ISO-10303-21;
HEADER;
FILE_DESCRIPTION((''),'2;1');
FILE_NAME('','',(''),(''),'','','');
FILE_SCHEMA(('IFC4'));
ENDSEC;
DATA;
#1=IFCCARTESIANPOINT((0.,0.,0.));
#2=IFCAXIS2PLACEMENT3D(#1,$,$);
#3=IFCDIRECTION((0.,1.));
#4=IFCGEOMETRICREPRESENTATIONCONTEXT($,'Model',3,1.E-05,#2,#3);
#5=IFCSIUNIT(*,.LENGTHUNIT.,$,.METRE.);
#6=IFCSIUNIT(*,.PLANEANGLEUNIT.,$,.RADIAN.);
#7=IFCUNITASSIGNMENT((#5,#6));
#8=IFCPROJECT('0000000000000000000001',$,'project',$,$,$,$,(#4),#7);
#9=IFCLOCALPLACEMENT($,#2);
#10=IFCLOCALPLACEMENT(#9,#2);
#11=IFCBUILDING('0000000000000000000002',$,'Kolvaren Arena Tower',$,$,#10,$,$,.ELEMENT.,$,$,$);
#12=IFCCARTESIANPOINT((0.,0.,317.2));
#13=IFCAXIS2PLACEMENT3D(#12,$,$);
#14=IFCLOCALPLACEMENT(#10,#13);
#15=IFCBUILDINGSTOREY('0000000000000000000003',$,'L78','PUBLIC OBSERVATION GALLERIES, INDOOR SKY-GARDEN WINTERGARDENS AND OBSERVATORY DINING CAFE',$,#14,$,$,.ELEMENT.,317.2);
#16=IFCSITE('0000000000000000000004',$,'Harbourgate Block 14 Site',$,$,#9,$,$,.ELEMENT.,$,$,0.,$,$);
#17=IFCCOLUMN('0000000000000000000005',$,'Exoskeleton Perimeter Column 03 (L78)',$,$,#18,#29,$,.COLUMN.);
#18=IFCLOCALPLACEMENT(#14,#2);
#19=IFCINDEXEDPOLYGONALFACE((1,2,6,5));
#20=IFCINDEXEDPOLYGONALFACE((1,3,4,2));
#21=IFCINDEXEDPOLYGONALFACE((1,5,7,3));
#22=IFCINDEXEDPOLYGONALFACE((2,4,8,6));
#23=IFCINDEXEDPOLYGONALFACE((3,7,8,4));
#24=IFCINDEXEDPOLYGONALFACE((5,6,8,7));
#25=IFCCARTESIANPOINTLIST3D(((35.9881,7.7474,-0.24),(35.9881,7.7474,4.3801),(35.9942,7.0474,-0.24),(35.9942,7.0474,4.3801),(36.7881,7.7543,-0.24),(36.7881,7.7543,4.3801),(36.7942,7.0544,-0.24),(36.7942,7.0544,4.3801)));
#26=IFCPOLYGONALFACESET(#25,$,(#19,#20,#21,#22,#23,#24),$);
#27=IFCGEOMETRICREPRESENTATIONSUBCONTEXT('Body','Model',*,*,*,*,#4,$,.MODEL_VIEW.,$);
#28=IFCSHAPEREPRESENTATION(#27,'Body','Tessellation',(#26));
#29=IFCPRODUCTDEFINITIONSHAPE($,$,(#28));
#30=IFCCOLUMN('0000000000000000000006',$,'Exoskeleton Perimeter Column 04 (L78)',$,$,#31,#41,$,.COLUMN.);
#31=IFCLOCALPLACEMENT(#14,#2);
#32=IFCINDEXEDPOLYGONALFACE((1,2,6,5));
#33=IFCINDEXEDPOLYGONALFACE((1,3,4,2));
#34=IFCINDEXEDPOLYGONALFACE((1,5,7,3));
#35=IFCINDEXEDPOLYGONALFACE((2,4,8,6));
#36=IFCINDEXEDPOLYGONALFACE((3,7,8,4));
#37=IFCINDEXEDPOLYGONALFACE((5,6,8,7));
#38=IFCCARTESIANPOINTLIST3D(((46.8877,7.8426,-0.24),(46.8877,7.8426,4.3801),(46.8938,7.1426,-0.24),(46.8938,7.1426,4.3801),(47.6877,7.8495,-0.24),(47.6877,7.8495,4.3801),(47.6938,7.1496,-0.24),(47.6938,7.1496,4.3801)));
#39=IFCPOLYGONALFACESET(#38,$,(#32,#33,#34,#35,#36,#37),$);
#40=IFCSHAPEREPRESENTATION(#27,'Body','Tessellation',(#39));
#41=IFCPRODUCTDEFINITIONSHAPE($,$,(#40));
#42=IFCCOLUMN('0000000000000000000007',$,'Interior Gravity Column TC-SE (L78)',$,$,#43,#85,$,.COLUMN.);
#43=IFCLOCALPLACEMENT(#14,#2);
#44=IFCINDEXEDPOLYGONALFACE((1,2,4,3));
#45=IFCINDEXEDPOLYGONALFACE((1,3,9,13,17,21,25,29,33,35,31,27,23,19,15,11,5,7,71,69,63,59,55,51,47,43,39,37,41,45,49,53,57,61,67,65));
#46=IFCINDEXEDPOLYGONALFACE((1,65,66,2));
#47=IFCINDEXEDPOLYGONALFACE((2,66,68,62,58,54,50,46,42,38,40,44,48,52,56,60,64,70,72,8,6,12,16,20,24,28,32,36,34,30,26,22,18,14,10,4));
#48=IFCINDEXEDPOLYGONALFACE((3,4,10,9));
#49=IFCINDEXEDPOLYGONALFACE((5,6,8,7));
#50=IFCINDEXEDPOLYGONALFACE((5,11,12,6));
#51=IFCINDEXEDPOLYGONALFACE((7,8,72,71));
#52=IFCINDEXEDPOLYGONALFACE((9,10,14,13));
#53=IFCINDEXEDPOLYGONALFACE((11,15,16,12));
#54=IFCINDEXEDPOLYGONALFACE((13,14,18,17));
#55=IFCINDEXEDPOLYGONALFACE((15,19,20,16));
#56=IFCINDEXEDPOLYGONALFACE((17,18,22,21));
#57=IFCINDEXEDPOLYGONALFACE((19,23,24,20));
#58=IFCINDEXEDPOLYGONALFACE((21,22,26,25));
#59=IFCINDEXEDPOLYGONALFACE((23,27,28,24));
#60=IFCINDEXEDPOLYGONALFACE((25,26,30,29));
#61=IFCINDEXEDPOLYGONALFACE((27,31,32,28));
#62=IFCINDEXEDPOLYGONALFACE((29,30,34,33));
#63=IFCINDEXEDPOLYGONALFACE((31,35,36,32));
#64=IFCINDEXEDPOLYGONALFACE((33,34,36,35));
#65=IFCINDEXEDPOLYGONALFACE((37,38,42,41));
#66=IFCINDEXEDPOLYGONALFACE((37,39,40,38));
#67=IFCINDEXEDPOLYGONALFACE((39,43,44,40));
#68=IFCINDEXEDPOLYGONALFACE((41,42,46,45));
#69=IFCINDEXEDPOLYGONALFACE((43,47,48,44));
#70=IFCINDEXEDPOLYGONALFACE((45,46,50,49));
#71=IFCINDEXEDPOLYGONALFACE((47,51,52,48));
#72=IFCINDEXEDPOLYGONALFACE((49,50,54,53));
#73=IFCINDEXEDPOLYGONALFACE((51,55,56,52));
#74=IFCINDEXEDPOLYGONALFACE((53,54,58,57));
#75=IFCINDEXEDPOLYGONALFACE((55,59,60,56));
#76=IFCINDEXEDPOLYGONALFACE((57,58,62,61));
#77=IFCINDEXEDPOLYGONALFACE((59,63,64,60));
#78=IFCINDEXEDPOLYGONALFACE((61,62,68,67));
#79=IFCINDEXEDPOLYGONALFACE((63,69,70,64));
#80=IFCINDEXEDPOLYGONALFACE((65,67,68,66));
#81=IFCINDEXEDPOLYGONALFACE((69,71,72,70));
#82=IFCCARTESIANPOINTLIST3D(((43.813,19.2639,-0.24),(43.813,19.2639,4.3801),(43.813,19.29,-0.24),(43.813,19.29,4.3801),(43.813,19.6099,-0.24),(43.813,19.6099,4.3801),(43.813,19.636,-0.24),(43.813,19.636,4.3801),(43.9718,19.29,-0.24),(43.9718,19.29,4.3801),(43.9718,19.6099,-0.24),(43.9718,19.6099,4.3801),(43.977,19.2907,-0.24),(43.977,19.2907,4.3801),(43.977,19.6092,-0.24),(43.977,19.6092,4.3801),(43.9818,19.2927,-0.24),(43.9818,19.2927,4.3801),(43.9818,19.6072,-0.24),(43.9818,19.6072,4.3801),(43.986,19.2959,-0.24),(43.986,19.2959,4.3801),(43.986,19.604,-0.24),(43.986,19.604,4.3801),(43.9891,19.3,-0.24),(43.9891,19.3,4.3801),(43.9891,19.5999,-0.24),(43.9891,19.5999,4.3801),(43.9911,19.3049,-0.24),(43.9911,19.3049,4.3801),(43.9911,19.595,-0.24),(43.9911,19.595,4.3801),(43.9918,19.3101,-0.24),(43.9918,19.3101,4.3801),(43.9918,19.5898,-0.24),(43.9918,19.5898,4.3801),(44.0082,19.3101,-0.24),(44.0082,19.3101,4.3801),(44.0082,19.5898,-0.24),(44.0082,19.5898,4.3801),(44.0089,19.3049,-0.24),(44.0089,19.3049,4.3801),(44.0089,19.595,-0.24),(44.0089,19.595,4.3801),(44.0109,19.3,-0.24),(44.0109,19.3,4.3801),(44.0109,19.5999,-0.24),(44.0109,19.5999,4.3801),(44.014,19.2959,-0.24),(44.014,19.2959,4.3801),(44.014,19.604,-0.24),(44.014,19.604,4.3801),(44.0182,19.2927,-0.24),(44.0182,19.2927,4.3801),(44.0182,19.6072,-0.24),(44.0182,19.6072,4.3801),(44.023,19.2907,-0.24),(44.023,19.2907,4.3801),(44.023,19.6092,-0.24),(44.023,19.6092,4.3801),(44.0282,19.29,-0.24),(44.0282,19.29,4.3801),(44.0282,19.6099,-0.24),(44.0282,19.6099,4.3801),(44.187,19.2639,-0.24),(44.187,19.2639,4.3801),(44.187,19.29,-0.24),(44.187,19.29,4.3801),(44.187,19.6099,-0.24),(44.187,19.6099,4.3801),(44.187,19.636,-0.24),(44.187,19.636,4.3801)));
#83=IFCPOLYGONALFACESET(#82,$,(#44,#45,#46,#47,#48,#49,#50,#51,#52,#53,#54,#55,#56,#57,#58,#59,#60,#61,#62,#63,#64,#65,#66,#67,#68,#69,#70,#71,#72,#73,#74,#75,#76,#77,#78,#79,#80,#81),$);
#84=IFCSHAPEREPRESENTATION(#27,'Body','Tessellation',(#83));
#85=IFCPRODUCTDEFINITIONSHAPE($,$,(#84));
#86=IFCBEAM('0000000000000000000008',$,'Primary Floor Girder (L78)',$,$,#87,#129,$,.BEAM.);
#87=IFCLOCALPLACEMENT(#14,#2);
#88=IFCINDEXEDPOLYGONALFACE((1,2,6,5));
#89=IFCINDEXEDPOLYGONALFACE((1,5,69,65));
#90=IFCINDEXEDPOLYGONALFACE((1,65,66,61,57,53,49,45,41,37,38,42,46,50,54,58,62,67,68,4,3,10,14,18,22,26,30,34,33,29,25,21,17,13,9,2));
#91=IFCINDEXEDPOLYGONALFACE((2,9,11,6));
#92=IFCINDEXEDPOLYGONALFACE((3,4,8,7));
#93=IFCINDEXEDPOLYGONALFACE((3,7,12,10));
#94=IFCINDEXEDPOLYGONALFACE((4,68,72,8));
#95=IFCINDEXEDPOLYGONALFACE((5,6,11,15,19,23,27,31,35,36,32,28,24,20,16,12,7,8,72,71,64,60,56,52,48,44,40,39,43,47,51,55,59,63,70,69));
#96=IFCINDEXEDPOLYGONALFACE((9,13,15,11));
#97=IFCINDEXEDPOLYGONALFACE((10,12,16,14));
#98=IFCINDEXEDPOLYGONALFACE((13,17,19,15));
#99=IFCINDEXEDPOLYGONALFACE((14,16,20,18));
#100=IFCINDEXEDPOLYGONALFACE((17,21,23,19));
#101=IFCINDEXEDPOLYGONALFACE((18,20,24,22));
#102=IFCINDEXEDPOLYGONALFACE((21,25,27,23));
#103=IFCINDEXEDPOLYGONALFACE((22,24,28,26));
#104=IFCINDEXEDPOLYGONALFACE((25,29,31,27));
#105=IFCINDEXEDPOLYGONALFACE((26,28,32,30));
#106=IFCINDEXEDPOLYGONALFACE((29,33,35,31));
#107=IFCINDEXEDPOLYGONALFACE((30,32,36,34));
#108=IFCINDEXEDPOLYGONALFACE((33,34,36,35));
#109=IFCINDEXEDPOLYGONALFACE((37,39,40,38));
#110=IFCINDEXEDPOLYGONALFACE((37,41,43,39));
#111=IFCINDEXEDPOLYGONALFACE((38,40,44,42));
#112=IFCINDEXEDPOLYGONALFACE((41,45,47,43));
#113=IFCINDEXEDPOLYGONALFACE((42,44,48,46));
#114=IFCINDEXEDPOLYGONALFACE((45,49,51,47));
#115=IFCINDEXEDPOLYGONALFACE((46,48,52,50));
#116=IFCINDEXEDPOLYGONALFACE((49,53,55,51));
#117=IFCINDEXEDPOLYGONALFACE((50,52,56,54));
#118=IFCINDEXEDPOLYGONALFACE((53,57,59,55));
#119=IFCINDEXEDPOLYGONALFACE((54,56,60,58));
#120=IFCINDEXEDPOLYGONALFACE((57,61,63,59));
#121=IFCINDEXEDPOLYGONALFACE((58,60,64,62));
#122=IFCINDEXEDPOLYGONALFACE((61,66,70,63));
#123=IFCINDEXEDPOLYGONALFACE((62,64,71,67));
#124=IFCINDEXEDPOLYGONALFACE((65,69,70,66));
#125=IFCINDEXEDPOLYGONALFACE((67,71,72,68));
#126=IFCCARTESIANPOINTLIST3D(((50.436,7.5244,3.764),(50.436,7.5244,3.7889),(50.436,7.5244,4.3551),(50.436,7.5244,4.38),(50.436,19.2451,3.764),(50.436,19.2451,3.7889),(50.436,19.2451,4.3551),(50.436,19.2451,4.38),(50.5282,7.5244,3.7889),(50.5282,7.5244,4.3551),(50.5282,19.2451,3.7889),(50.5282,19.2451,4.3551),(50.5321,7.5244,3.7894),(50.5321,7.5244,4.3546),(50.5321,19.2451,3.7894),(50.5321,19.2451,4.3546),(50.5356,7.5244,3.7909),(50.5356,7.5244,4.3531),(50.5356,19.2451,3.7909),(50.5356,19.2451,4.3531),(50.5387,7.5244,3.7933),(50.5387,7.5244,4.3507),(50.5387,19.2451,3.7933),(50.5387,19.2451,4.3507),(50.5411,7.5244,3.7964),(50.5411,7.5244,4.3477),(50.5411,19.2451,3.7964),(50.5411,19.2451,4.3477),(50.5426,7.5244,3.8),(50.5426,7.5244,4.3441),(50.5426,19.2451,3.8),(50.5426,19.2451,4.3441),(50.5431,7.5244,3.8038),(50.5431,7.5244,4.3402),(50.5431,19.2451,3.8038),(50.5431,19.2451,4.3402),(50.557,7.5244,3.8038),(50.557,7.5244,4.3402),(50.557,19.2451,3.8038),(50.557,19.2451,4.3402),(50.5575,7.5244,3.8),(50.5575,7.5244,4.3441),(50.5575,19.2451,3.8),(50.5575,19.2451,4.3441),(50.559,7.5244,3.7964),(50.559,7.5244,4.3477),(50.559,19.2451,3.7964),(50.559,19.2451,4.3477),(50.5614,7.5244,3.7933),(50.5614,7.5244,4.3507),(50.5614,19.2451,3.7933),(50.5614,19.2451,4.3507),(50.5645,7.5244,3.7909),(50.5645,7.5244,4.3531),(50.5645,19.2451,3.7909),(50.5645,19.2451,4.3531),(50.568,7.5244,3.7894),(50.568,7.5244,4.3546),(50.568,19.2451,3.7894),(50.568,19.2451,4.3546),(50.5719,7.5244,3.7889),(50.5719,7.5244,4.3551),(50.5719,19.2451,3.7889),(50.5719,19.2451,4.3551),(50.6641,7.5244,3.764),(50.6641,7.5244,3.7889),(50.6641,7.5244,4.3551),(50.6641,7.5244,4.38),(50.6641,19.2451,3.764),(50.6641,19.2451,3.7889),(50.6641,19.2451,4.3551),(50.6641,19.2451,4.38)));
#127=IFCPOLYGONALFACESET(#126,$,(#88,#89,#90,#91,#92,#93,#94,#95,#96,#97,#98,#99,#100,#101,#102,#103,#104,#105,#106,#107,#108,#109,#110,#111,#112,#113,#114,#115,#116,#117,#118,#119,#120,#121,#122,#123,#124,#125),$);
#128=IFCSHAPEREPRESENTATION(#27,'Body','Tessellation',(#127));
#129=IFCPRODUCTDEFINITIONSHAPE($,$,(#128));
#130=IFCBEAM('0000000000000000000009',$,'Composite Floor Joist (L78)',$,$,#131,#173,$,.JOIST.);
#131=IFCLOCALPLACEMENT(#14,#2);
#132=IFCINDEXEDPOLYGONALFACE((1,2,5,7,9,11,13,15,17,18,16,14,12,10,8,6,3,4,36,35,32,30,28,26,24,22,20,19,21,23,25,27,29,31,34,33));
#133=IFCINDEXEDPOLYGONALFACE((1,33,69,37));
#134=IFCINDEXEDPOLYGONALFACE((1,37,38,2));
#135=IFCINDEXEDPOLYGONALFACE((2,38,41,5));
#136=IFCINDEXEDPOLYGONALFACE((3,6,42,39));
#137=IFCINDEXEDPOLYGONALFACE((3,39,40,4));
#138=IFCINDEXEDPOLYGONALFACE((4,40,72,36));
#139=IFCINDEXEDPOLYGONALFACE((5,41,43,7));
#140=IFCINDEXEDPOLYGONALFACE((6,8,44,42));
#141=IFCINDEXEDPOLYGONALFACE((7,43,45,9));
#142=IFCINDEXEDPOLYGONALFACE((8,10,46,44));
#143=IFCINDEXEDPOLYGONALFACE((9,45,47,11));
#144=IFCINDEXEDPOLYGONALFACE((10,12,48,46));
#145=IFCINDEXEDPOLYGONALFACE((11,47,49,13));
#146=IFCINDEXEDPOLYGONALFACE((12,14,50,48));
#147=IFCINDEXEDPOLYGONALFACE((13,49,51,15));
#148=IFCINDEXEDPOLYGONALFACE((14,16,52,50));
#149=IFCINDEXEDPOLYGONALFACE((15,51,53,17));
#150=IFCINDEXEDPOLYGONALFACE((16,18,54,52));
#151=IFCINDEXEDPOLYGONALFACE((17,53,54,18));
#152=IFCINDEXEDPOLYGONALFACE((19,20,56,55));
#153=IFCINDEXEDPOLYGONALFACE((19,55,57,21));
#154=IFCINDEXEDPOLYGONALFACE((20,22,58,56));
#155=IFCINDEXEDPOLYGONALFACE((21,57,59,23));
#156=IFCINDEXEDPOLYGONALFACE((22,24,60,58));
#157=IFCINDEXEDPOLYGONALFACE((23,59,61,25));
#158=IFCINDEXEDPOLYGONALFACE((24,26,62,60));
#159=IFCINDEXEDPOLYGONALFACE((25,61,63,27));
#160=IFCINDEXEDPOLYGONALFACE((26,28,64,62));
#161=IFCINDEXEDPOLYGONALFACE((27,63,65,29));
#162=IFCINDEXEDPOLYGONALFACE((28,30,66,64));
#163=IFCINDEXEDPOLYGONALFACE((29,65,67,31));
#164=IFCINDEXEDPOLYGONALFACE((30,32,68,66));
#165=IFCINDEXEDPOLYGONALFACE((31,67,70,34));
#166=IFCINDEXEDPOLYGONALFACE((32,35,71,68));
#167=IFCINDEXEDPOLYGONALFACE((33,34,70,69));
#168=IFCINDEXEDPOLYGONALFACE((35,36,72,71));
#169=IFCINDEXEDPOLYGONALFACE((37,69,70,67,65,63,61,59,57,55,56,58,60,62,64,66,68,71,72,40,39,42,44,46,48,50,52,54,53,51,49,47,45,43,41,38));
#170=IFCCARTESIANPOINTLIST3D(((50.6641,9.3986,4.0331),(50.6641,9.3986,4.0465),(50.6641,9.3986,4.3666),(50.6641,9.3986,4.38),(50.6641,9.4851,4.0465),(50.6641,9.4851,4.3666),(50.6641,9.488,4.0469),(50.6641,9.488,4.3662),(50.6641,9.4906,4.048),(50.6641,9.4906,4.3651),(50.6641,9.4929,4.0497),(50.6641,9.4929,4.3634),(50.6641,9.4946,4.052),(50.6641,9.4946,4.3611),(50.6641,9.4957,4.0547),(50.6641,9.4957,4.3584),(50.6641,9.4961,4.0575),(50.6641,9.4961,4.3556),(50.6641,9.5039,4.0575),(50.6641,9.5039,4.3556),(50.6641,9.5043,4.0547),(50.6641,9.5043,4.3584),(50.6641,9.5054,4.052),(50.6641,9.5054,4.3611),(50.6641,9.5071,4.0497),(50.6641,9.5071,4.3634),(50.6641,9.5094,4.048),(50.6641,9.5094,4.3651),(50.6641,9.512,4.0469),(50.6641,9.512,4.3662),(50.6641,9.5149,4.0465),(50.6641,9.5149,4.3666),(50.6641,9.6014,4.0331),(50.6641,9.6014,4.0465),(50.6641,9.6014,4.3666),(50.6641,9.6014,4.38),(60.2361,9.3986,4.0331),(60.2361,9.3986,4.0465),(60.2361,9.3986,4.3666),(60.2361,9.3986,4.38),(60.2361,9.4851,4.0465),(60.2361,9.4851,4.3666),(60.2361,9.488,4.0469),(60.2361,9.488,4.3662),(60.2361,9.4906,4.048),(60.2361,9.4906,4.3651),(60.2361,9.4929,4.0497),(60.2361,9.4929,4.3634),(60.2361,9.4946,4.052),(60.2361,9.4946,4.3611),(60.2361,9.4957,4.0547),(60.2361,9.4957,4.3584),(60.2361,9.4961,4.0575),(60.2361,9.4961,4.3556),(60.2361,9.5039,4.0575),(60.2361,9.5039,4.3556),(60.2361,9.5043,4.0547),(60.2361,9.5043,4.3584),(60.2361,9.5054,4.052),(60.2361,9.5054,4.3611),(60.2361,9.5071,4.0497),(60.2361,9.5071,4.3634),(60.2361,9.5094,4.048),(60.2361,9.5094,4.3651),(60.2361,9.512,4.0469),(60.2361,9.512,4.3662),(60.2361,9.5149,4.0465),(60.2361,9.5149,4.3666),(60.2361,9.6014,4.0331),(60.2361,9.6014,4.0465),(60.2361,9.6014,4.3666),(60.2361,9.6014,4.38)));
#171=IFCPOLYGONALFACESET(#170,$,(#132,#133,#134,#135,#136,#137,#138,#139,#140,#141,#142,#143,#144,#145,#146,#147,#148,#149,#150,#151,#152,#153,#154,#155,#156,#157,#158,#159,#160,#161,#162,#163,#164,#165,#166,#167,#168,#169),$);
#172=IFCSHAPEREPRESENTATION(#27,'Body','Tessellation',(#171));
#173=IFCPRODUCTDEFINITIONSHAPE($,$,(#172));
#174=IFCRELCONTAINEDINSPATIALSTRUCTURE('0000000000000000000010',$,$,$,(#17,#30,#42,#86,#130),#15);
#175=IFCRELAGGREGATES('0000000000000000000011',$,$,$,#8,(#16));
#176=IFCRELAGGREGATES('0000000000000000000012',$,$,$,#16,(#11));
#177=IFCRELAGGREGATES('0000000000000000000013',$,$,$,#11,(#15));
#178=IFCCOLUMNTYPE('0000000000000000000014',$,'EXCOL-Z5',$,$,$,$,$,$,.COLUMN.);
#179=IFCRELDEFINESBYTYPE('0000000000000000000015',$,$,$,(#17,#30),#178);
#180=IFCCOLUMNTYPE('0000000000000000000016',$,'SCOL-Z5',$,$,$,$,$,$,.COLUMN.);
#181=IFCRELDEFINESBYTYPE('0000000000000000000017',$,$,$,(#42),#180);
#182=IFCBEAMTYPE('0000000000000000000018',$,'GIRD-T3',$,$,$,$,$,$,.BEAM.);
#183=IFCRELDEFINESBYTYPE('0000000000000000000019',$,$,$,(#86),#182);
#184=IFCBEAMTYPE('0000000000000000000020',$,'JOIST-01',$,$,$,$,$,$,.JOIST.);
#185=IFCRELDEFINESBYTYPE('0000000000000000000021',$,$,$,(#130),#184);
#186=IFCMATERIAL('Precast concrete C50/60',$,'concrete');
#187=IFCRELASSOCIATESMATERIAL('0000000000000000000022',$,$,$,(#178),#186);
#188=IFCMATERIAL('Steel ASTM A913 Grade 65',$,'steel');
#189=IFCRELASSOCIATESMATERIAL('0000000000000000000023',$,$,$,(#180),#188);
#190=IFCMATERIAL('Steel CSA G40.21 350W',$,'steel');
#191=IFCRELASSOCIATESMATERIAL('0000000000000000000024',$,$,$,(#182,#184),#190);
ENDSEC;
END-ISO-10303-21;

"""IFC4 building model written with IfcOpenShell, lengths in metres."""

from ifc_helpers import new_model, si_unit, direction, frame, origin, origin_2d, place, context, subcontext, project, spatial, rectangle, i_section, extrude, material, material_profile, profile_set, type_object, element, save


model = new_model("IFC4")

# Units and contexts
model_context = context("Model", 3, precision=1e-05, world=origin(), true_north=direction((0.0, 1.0)))
body_context = subcontext(model_context, "Body", "Model", "MODEL_VIEW")
ifc_project = project(units=[si_unit("LENGTHUNIT", "METRE"), si_unit("PLANEANGLEUNIT", "RADIAN")], contexts=[model_context])

# Site, building, storey
site_placement = place(None, origin())
site = spatial("IfcSite", under=ifc_project, at=site_placement, Name="Harbourgate Block 14 Site", CompositionType="ELEMENT", RefElevation=0.0)
building_placement = place(site_placement, origin())
building = spatial("IfcBuilding", under=site, at=building_placement, Name="Kolvaren Arena Tower", CompositionType="ELEMENT")
storey_placement = place(building_placement, frame((0.0, 0.0, 317.2)))
storey = spatial("IfcBuildingStorey", under=building, at=storey_placement, Name="L78", Description="PUBLIC OBSERVATION GALLERIES, INDOOR SKY-GARDEN WINTERGARDENS AND OBSERVATORY DINING CAFE", CompositionType="ELEMENT", Elevation=317.2)

# Columns
ifc_material_1 = material(Name="Precast concrete C50/60", Category="concrete")
ifc_material_profile_1 = material_profile(ifc_material_1, rectangle(XDim=0.8, YDim=0.7, at=origin_2d()), Name="RC-800x700")
ifc_profile_set_1 = profile_set([ifc_material_profile_1], Name="Precast concrete C50/60")
column_type_1 = type_object("IfcColumnType", Name="EXCOL-Z5", PredefinedType="COLUMN", material=ifc_profile_set_1)
for number, where, z_axis, x_axis, name in (
    (1, (36.3911, 7.4009, -0.24), (0.0, 0.0, 1.0), (0.999962, 0.008727, 0.0), "Exoskeleton Perimeter Column 03 (L78)"),
    (2, (47.2908, 7.4961, -0.24), (0.0, 0.0, 1.0), (0.999962, 0.008727, 0.0), "Exoskeleton Perimeter Column 04 (L78)"),
):
    element("IfcColumn", number, at=place(storey_placement, frame(where, z_axis=z_axis, x_axis=x_axis)), inside=storey, type_object=column_type_1, Name=name, PredefinedType="COLUMN", context=body_context, shape_type="SweptSolid", body=[
        extrude(rectangle(XDim=0.8, YDim=0.7, at=origin_2d()), origin(), (0.0, 0.0, 1.0), 4.6201),
    ])
ifc_material_2 = material(Name="Steel ASTM A913 Grade 65", Category="steel")
ifc_material_profile_2 = material_profile(ifc_material_2, i_section(OverallWidth=0.374, OverallDepth=0.3721, WebThickness=0.0164, FlangeThickness=0.0261, FilletRadius=0.02, at=origin_2d()), Name="W360x196")
ifc_profile_set_2 = profile_set([ifc_material_profile_2], Name="Steel ASTM A913 Grade 65")
column_type_2 = type_object("IfcColumnType", Name="SCOL-Z5", PredefinedType="COLUMN", material=ifc_profile_set_2)
column_placement = place(storey_placement, frame((44.0, 19.45, -0.24), z_axis=(0.0, 0.0, 1.0), x_axis=(1.0, 0.0, 0.0)))
element("IfcColumn", 3, at=column_placement, inside=storey, type_object=column_type_2, Name="Interior Gravity Column TC-SE (L78)", PredefinedType="COLUMN", context=body_context, shape_type="SweptSolid", body=[
    extrude(i_section(OverallWidth=0.374, OverallDepth=0.3721, WebThickness=0.0164, FlangeThickness=0.0261, FilletRadius=0.02, at=origin_2d()), origin(), (0.0, 0.0, 1.0), 4.6201),
])

# Beams
ifc_material_3 = material(Name="Steel CSA G40.21 350W", Category="steel")
ifc_material_profile_3 = material_profile(ifc_material_3, i_section(OverallWidth=0.228, OverallDepth=0.616, WebThickness=0.0139, FlangeThickness=0.0249, FilletRadius=0.0149, at=origin_2d()), Name="W610x174")
ifc_profile_set_3 = profile_set([ifc_material_profile_3], Name="Steel CSA G40.21 350W")
beam_type_1 = type_object("IfcBeamType", Name="GIRD-T3", PredefinedType="BEAM", material=ifc_profile_set_3)
beam_1_placement = place(storey_placement, frame((50.55, 7.5244, 4.072), z_axis=(0.0, 1.0, 0.0), x_axis=(-1.0, 0.0, 0.0)))
element("IfcBeam", 4, at=beam_1_placement, inside=storey, type_object=beam_type_1, Name="Primary Floor Girder (L78)", PredefinedType="BEAM", context=body_context, shape_type="SweptSolid", body=[
    extrude(i_section(OverallWidth=0.228, OverallDepth=0.616, WebThickness=0.0139, FlangeThickness=0.0249, FilletRadius=0.0149, at=origin_2d()), origin(), (0.0, 0.0, 1.0), 11.7207),
])
ifc_material_profile_4 = material_profile(ifc_material_3, i_section(OverallWidth=0.2029, OverallDepth=0.3469, WebThickness=0.0078, FlangeThickness=0.0134, FilletRadius=0.011, at=origin_2d()), Name="W360x64")
ifc_profile_set_4 = profile_set([ifc_material_profile_4], Name="Steel CSA G40.21 350W")
beam_type_2 = type_object("IfcBeamType", Name="JOIST-01", PredefinedType="JOIST", material=ifc_profile_set_4)
for number, where, z_axis, x_axis, name in (
    (5, (50.6641, 9.5, 4.2065), (1.0, 0.0, 0.0), (0.0, 1.0, 0.0), "Composite Floor Joist (L78)"),
):
    element("IfcBeam", number, at=place(storey_placement, frame(where, z_axis=z_axis, x_axis=x_axis)), inside=storey, type_object=beam_type_2, Name=name, PredefinedType="JOIST", context=body_context, shape_type="SweptSolid", body=[
        extrude(i_section(OverallWidth=0.2029, OverallDepth=0.3469, WebThickness=0.0078, FlangeThickness=0.0134, FilletRadius=0.011, at=origin_2d()), origin(), (0.0, 0.0, 1.0), 9.572),
    ])

save(model, "model.ifc")
